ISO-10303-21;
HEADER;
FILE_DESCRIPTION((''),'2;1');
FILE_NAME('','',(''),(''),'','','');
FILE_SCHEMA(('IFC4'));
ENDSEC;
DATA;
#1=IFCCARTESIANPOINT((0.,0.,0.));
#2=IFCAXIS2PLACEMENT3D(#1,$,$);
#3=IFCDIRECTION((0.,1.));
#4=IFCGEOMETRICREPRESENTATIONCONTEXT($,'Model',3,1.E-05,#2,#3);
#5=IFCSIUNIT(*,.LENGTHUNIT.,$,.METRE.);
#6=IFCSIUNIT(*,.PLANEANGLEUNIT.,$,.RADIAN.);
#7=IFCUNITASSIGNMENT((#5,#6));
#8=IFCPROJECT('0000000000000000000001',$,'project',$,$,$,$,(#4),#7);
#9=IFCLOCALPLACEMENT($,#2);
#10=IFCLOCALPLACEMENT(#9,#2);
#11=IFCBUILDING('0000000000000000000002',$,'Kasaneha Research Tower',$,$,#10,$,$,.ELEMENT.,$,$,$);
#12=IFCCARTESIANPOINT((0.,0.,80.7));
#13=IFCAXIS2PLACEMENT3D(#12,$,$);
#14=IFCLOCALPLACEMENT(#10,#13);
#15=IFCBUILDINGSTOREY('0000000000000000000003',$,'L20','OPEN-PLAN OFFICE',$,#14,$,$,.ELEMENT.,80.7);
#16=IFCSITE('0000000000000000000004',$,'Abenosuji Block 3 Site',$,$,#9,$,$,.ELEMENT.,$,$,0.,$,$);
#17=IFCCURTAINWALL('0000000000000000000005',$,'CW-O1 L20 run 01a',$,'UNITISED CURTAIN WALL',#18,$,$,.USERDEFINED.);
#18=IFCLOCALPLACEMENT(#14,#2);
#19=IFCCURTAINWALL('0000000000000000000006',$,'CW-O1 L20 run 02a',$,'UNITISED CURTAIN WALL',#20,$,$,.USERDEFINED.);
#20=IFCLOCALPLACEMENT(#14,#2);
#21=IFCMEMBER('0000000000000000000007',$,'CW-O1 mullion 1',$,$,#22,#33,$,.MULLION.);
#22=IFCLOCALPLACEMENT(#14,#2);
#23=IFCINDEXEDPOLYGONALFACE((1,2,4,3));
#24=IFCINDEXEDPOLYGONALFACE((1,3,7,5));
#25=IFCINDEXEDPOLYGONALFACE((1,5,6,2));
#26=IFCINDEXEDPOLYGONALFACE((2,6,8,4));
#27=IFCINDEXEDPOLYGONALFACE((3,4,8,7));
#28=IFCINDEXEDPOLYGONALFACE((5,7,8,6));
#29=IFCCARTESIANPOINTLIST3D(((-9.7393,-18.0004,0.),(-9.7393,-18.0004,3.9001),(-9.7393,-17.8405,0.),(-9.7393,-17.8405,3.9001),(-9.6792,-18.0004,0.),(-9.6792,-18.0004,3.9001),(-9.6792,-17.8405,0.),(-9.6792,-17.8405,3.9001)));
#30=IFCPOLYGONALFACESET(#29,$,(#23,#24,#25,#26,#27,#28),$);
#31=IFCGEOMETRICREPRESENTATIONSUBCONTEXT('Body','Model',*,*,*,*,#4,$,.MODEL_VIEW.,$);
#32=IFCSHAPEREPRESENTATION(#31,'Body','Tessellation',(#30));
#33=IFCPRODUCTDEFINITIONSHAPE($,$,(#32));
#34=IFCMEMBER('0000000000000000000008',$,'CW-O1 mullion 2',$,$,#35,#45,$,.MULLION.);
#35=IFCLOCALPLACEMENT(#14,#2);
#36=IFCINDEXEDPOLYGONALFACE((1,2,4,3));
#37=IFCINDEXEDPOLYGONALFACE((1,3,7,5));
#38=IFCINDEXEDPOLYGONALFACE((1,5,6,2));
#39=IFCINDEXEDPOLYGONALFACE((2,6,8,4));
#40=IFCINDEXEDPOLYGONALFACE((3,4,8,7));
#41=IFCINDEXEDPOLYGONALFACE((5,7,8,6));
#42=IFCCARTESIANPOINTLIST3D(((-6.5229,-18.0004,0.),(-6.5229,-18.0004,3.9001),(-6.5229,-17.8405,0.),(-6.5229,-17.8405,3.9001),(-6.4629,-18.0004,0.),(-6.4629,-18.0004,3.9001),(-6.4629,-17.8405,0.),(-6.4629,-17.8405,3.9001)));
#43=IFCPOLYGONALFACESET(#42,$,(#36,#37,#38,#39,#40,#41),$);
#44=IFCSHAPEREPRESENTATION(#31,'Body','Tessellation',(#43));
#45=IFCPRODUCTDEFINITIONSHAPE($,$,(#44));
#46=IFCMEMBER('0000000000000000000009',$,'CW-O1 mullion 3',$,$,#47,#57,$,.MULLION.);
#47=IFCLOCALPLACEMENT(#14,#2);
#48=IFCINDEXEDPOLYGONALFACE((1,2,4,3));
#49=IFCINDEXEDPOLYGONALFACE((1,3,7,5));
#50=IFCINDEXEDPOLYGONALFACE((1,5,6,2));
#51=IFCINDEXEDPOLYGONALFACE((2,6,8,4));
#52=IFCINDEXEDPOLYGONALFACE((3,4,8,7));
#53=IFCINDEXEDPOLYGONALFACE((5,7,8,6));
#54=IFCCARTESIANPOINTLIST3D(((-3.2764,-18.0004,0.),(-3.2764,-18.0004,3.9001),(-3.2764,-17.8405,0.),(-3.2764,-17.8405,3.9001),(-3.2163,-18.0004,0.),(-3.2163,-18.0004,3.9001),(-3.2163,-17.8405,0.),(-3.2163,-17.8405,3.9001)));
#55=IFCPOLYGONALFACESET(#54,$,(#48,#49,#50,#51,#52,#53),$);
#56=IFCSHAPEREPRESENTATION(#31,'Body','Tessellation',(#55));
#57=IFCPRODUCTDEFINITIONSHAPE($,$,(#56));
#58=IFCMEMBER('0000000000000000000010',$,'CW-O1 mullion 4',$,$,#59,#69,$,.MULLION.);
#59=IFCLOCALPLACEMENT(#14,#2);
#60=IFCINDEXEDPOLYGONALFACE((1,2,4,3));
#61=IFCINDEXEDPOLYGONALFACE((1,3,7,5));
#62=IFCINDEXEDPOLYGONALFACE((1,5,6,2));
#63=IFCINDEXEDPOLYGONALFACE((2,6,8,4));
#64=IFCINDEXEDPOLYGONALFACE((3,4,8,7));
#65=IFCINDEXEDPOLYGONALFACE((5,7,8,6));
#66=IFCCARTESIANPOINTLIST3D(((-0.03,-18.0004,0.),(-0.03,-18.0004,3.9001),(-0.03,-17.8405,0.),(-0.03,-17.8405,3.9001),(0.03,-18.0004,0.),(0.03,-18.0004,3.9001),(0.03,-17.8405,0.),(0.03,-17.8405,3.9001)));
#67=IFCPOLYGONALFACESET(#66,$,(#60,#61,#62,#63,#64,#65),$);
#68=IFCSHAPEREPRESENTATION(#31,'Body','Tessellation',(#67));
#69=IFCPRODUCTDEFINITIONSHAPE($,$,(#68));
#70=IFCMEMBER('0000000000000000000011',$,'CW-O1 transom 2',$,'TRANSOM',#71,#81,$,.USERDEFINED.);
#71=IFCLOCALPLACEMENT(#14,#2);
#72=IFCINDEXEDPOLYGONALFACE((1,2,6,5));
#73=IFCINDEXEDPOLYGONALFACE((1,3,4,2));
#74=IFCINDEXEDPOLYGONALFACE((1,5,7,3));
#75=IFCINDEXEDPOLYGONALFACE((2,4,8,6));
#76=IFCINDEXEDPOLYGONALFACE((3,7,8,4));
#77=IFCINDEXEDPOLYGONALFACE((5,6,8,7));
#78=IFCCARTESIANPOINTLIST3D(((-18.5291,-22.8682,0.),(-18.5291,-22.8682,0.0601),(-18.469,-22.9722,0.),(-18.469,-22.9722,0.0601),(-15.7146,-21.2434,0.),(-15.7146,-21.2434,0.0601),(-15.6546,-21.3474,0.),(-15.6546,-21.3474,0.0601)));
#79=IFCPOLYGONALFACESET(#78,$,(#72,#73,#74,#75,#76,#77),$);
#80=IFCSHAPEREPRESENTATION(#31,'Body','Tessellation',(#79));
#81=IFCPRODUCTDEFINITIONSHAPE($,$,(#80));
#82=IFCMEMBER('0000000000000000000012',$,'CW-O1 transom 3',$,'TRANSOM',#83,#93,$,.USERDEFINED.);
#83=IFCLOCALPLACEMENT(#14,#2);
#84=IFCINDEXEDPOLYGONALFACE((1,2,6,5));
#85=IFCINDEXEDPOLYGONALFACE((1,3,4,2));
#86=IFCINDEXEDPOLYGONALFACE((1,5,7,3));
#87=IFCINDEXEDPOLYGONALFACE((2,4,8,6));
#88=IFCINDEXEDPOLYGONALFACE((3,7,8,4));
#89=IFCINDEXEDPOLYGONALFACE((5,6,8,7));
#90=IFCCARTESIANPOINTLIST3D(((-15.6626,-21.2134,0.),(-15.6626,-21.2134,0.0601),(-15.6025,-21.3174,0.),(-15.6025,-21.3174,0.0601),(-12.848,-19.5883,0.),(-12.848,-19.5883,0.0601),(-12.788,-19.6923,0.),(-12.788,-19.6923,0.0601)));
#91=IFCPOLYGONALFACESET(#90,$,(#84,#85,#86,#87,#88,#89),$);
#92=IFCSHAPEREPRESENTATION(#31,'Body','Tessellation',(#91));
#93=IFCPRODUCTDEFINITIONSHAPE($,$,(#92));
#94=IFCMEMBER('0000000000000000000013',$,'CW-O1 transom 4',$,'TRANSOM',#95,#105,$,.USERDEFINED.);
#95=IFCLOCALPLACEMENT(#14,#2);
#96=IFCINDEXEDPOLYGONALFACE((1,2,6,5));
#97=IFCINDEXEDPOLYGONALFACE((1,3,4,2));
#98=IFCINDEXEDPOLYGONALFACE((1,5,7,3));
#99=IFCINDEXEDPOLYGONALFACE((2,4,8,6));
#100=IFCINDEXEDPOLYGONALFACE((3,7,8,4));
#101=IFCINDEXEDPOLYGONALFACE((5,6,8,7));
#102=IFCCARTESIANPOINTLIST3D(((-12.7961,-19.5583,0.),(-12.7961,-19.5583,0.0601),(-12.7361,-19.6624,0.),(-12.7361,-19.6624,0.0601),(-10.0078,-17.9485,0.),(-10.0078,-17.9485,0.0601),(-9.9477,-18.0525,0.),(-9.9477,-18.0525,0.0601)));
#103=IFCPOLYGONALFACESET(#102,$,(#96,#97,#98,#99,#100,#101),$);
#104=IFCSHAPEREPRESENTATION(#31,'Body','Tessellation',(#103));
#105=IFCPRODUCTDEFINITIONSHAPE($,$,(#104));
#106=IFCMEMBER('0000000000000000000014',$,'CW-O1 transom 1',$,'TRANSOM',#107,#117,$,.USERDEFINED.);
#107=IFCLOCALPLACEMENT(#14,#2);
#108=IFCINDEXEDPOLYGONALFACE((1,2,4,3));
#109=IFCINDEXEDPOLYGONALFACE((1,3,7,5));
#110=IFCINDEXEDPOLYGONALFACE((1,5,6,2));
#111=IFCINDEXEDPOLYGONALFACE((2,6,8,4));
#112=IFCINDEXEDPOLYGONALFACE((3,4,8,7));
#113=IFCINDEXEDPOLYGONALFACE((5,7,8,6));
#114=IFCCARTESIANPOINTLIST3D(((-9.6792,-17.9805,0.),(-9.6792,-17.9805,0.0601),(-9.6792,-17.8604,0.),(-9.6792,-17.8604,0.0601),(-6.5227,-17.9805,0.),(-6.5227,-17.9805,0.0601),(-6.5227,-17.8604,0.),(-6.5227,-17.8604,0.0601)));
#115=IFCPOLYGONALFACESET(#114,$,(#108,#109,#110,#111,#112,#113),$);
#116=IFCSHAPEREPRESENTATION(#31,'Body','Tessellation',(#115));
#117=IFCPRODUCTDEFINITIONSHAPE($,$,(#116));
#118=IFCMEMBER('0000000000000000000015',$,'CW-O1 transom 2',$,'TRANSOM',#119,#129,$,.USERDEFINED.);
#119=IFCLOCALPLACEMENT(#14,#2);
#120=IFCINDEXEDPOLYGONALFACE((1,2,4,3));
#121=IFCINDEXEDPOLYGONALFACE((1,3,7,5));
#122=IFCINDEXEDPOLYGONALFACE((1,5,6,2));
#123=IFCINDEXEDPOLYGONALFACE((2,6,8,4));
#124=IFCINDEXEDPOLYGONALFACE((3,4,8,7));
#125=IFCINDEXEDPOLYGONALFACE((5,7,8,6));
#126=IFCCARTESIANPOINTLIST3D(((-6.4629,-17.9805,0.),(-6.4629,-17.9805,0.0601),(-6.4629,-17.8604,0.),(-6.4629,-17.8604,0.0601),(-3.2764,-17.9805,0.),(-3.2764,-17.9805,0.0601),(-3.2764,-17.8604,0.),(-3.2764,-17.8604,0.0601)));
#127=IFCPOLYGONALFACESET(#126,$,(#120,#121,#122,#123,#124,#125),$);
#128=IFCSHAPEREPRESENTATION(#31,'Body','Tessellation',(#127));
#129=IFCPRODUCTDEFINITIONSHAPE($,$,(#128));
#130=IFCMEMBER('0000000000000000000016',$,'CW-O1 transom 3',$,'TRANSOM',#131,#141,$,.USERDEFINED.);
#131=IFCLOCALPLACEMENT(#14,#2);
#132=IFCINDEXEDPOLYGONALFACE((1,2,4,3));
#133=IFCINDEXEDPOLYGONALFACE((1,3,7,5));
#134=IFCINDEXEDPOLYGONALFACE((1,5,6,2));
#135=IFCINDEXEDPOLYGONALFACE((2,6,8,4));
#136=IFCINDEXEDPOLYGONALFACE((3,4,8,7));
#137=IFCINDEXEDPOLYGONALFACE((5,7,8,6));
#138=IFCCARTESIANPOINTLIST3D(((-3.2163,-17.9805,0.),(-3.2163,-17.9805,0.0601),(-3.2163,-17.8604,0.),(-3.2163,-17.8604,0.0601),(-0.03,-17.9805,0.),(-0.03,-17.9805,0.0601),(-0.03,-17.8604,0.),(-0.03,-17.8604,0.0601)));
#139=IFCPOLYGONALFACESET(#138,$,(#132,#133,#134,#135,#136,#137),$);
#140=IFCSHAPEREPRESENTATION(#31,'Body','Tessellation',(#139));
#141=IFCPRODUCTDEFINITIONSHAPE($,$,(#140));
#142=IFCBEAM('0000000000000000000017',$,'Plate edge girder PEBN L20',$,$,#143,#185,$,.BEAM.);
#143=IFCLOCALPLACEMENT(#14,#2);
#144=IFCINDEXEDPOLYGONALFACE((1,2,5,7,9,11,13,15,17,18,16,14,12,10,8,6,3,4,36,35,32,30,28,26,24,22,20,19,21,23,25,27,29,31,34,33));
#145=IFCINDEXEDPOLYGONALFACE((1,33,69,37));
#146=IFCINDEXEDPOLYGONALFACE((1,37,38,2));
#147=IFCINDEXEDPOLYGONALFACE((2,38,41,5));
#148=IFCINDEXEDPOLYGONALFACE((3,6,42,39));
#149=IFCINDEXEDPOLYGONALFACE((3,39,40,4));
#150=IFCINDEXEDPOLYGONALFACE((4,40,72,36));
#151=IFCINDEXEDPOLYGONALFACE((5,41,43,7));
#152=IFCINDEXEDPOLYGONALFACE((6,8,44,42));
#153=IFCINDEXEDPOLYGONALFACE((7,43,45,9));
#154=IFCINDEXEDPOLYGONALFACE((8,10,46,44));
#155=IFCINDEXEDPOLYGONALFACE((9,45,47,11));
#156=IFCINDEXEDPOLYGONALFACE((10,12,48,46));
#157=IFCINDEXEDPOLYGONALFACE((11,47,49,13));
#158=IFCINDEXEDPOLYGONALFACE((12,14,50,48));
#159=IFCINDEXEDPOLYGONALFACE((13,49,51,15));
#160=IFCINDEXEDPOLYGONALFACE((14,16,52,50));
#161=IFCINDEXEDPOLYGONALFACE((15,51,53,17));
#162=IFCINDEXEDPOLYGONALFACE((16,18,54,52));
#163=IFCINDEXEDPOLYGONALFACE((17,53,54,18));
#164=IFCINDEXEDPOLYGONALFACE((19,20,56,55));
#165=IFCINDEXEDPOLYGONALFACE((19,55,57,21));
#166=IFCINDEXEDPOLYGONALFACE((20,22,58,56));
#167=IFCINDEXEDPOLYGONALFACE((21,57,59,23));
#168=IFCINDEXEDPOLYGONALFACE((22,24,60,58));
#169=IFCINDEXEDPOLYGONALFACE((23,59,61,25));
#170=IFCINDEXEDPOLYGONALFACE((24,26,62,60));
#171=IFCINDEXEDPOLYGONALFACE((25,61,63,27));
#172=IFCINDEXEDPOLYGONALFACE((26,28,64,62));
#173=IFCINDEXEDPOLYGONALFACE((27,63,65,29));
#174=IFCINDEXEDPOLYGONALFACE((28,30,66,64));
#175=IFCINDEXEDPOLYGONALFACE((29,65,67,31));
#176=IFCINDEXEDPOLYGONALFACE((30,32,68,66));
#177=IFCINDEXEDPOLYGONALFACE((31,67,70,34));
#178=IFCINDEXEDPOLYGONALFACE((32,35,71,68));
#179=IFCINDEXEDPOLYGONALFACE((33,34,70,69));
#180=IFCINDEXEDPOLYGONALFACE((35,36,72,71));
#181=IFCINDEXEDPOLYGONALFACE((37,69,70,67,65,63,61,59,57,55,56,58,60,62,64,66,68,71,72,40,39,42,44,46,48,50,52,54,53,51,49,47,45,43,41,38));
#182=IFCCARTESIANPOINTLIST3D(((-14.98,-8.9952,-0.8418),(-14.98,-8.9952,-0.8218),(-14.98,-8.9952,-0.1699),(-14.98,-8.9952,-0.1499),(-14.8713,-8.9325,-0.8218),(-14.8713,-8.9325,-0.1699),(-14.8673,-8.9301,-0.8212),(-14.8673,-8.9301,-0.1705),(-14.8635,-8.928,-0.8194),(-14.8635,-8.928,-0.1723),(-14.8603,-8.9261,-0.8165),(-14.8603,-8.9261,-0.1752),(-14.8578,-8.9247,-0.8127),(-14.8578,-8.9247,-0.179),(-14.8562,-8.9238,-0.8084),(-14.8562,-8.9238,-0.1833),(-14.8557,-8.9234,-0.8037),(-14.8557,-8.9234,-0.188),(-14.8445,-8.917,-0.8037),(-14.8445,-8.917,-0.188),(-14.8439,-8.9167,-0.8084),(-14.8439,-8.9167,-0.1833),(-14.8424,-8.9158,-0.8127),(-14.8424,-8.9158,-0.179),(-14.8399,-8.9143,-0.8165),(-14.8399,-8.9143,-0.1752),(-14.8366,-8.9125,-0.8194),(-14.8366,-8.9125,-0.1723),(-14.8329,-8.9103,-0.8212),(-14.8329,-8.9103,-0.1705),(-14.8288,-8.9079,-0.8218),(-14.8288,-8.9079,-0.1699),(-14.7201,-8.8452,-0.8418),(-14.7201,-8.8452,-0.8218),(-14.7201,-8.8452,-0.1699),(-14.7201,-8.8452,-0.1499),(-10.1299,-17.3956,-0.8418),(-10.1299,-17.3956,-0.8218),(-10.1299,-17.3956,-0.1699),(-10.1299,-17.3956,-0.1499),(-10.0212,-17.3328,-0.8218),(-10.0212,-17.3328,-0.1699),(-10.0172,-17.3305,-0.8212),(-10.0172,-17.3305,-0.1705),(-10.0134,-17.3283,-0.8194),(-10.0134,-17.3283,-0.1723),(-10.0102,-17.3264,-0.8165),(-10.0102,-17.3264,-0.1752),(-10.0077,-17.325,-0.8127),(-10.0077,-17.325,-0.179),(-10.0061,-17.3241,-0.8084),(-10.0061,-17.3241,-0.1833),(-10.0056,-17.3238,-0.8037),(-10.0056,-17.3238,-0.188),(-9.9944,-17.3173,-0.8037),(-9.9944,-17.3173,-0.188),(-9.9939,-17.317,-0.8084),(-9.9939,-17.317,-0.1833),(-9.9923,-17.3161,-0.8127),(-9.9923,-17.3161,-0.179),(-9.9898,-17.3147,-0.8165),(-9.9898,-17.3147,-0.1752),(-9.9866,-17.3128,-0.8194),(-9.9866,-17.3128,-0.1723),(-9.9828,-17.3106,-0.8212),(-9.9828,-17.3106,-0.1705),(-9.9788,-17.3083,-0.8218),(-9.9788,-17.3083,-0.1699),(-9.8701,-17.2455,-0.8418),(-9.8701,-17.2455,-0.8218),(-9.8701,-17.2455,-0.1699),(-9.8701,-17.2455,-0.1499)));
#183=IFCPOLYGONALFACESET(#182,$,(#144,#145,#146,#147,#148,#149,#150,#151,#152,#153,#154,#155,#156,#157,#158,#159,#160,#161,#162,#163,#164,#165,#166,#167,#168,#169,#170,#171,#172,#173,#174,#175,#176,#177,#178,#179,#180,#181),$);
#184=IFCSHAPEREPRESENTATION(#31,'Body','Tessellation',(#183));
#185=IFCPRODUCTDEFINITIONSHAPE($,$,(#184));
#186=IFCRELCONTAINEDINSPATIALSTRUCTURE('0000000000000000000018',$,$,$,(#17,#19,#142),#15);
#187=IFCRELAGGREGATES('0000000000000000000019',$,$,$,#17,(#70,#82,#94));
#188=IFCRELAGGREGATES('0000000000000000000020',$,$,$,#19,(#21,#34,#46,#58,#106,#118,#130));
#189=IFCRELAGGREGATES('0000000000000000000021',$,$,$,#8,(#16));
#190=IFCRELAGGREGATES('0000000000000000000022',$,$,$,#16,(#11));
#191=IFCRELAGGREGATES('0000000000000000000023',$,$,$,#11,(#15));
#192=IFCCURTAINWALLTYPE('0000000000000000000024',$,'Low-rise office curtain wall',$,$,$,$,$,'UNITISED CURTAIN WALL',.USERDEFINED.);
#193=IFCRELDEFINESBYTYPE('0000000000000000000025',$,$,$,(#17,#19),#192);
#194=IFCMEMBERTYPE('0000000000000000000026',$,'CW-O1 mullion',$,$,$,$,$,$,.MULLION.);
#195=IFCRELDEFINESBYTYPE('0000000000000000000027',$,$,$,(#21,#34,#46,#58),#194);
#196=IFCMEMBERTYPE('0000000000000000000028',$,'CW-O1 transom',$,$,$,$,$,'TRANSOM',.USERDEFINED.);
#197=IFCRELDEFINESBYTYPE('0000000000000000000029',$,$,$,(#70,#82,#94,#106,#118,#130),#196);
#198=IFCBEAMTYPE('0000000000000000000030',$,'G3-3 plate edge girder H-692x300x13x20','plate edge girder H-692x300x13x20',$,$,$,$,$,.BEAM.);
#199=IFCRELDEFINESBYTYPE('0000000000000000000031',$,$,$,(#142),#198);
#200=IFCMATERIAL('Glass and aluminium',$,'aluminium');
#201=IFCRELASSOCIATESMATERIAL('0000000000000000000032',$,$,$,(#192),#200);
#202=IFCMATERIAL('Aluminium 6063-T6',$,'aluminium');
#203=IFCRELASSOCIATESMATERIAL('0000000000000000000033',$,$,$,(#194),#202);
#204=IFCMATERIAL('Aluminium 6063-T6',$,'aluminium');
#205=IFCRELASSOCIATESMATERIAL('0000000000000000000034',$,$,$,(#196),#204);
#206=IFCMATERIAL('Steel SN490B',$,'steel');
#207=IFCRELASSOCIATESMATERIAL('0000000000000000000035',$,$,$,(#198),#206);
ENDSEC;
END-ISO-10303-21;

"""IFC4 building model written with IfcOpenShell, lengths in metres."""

from ifc_helpers import new_model, si_unit, direction, frame, origin, origin_2d, place, context, subcontext, project, spatial, rectangle, i_section, extrude, material, material_profile, profile_set, type_object, element, aggregate, save


model = new_model("IFC4")

# Units and contexts
model_context = context("Model", 3, precision=1e-05, world=origin(), true_north=direction((0.0, 1.0)))
body_context = subcontext(model_context, "Body", "Model", "MODEL_VIEW")
ifc_project = project(units=[si_unit("LENGTHUNIT", "METRE"), si_unit("PLANEANGLEUNIT", "RADIAN")], contexts=[model_context])

# Site, building, storey
site_placement = place(None, origin())
site = spatial("IfcSite", under=ifc_project, at=site_placement, Name="Abenosuji Block 3 Site", CompositionType="ELEMENT", RefElevation=0.0)
building_placement = place(site_placement, origin())
building = spatial("IfcBuilding", under=site, at=building_placement, Name="Kasaneha Research Tower", CompositionType="ELEMENT")
storey_placement = place(building_placement, frame((0.0, 0.0, 80.7)))
storey = spatial("IfcBuildingStorey", under=building, at=storey_placement, Name="L20", Description="OPEN-PLAN OFFICE", CompositionType="ELEMENT", Elevation=80.7)

# Curtain walls, members
ifc_material_1 = material(Name="Glass and aluminium", Category="aluminium")
curtain_wall_type = type_object("IfcCurtainWallType", Name="Low-rise office curtain wall", ElementType="UNITISED CURTAIN WALL", PredefinedType="USERDEFINED", material=ifc_material_1)
curtain_wall_1_placement = place(storey_placement, origin())
curtain_wall_1 = element("IfcCurtainWall", 1, at=curtain_wall_1_placement, inside=storey, type_object=curtain_wall_type, Name="CW-O1 L20 run 01a", ObjectType="UNITISED CURTAIN WALL", PredefinedType="USERDEFINED")
ifc_material_2 = material(Name="Aluminium 6063-T6", Category="aluminium")
ifc_material_profile_1 = material_profile(ifc_material_2, rectangle(XDim=0.0601, YDim=0.1599, at=origin_2d()), Name="CW-O1 mullion 60x160")
ifc_profile_set_1 = profile_set([ifc_material_profile_1], Name="Aluminium 6063-T6")
member_type_1 = type_object("IfcMemberType", Name="CW-O1 mullion", PredefinedType="MULLION", material=ifc_profile_set_1)
curtain_wall_2_placement = place(storey_placement, origin())
curtain_wall_2 = element("IfcCurtainWall", 2, at=curtain_wall_2_placement, inside=storey, type_object=curtain_wall_type, Name="CW-O1 L20 run 02a", ObjectType="UNITISED CURTAIN WALL", PredefinedType="USERDEFINED")
member_1_placement = place(storey_placement, frame((-9.7092, -17.9204, 0.0), z_axis=(0.0, 0.0, 1.0), x_axis=(1.0, 0.0, 0.0)))
member_1 = element("IfcMember", 3, at=member_1_placement, type_object=member_type_1, Name="CW-O1 mullion 1", PredefinedType="MULLION", context=body_context, shape_type="SweptSolid", body=[
    extrude(rectangle(XDim=0.0601, YDim=0.1599, at=origin_2d()), origin(), (0.0, 0.0, 1.0), 3.9001),
])
member_2_placement = place(storey_placement, frame((-6.4929, -17.9204, 0.0), z_axis=(0.0, 0.0, 1.0), x_axis=(1.0, 0.0, 0.0)))
member_2 = element("IfcMember", 4, at=member_2_placement, type_object=member_type_1, Name="CW-O1 mullion 2", PredefinedType="MULLION", context=body_context, shape_type="SweptSolid", body=[
    extrude(rectangle(XDim=0.0601, YDim=0.1599, at=origin_2d()), origin(), (0.0, 0.0, 1.0), 3.9001),
])
member_3_placement = place(storey_placement, frame((-3.2463, -17.9204, 0.0), z_axis=(0.0, 0.0, 1.0), x_axis=(1.0, 0.0, 0.0)))
member_3 = element("IfcMember", 5, at=member_3_placement, type_object=member_type_1, Name="CW-O1 mullion 3", PredefinedType="MULLION", context=body_context, shape_type="SweptSolid", body=[
    extrude(rectangle(XDim=0.0601, YDim=0.1599, at=origin_2d()), origin(), (0.0, 0.0, 1.0), 3.9001),
])
member_4_placement = place(storey_placement, frame((0.0, -17.9204, 0.0), z_axis=(0.0, 0.0, 1.0), x_axis=(1.0, 0.0, 0.0)))
member_4 = element("IfcMember", 6, at=member_4_placement, type_object=member_type_1, Name="CW-O1 mullion 4", PredefinedType="MULLION", context=body_context, shape_type="SweptSolid", body=[
    extrude(rectangle(XDim=0.0601, YDim=0.1599, at=origin_2d()), origin(), (0.0, 0.0, 1.0), 3.9001),
])

# Members
ifc_material_3 = material(Name="Aluminium 6063-T6", Category="aluminium")
ifc_material_profile_2 = material_profile(ifc_material_3, rectangle(XDim=0.1201, YDim=0.0601, at=origin_2d()), Name="CW-O1 transom 120x60")
ifc_profile_set_2 = profile_set([ifc_material_profile_2], Name="Aluminium 6063-T6")
member_type_2 = type_object("IfcMemberType", Name="CW-O1 transom", ElementType="TRANSOM", PredefinedType="USERDEFINED", material=ifc_profile_set_2)
member_5_placement = place(storey_placement, frame((-18.499, -22.9202, 0.03), z_axis=(0.866048, 0.499961, 0.0), x_axis=(-0.499961, 0.866048, 0.0)))
member_5 = element("IfcMember", 7, at=member_5_placement, type_object=member_type_2, Name="CW-O1 transom 2", ObjectType="TRANSOM", PredefinedType="USERDEFINED", context=body_context, shape_type="SweptSolid", body=[
    extrude(rectangle(XDim=0.1201, YDim=0.0601, at=origin_2d()), origin(), (0.0, 0.0, 1.0), 3.2498),
])
member_6_placement = place(storey_placement, frame((-15.6326, -21.2654, 0.03), z_axis=(0.866015, 0.500017, 0.0), x_axis=(-0.500017, 0.866015, 0.0)))
member_6 = element("IfcMember", 8, at=member_6_placement, type_object=member_type_2, Name="CW-O1 transom 3", ObjectType="TRANSOM", PredefinedType="USERDEFINED", context=body_context, shape_type="SweptSolid", body=[
    extrude(rectangle(XDim=0.1201, YDim=0.0601, at=origin_2d()), origin(), (0.0, 0.0, 1.0), 3.25),
])
member_7_placement = place(storey_placement, frame((-12.7661, -19.6104, 0.03), z_axis=(0.866023, 0.500005, 0.0), x_axis=(-0.500005, 0.866023, 0.0)))
member_7 = element("IfcMember", 9, at=member_7_placement, type_object=member_type_2, Name="CW-O1 transom 4", ObjectType="TRANSOM", PredefinedType="USERDEFINED", context=body_context, shape_type="SweptSolid", body=[
    extrude(rectangle(XDim=0.1201, YDim=0.0601, at=origin_2d()), origin(), (0.0, 0.0, 1.0), 3.2197),
])
member_8_placement = place(storey_placement, frame((-9.6792, -17.9204, 0.03), z_axis=(1.0, 0.0, 0.0), x_axis=(0.0, 1.0, 0.0)))
member_8 = element("IfcMember", 10, at=member_8_placement, type_object=member_type_2, Name="CW-O1 transom 1", ObjectType="TRANSOM", PredefinedType="USERDEFINED", context=body_context, shape_type="SweptSolid", body=[
    extrude(rectangle(XDim=0.1201, YDim=0.0601, at=origin_2d()), origin(), (0.0, 0.0, 1.0), 3.1565),
])
member_9_placement = place(storey_placement, frame((-6.4629, -17.9204, 0.03), z_axis=(1.0, 0.0, 0.0), x_axis=(0.0, 1.0, 0.0)))
member_9 = element("IfcMember", 11, at=member_9_placement, type_object=member_type_2, Name="CW-O1 transom 2", ObjectType="TRANSOM", PredefinedType="USERDEFINED", context=body_context, shape_type="SweptSolid", body=[
    extrude(rectangle(XDim=0.1201, YDim=0.0601, at=origin_2d()), origin(), (0.0, 0.0, 1.0), 3.1865),
])
member_10_placement = place(storey_placement, frame((-3.2163, -17.9204, 0.03), z_axis=(1.0, 0.0, 0.0), x_axis=(0.0, 1.0, 0.0)))
member_10 = element("IfcMember", 12, at=member_10_placement, type_object=member_type_2, Name="CW-O1 transom 3", ObjectType="TRANSOM", PredefinedType="USERDEFINED", context=body_context, shape_type="SweptSolid", body=[
    extrude(rectangle(XDim=0.1201, YDim=0.0601, at=origin_2d()), origin(), (0.0, 0.0, 1.0), 3.1863),
])

# Beam
ifc_material_4 = material(Name="Steel SN490B", Category="steel")
ifc_material_profile_3 = material_profile(ifc_material_4, i_section(OverallWidth=0.3, OverallDepth=0.6919, WebThickness=0.0129, FlangeThickness=0.02, FilletRadius=0.0181, at=origin_2d()), Name="H-692x300x13x20")
ifc_profile_set_3 = profile_set([ifc_material_profile_3], Name="Steel SN490B")
beam_type_1 = type_object("IfcBeamType", Name="G3-3 plate edge girder H-692x300x13x20", Description="plate edge girder H-692x300x13x20", PredefinedType="BEAM", material=ifc_profile_set_3)
beam_1_placement = place(storey_placement, frame((-10.0, -17.3206, -0.4958), z_axis=(-0.50001, 0.86602, 0.0), x_axis=(-0.86602, -0.50001, 0.0)))
element("IfcBeam", 13, at=beam_1_placement, inside=storey, type_object=beam_type_1, Name="Plate edge girder PEBN L20", PredefinedType="BEAM", context=body_context, shape_type="SweptSolid", body=[
    extrude(i_section(OverallWidth=0.3, OverallDepth=0.6919, WebThickness=0.0129, FlangeThickness=0.02, FilletRadius=0.0181, at=origin_2d()), origin(), (0.0, 0.0, 1.0), 9.7),
])

aggregate(curtain_wall_1, [member_5, member_6, member_7])
aggregate(curtain_wall_2, [member_1, member_2, member_3, member_4, member_8, member_9, member_10])

save(model, "model.ifc")
